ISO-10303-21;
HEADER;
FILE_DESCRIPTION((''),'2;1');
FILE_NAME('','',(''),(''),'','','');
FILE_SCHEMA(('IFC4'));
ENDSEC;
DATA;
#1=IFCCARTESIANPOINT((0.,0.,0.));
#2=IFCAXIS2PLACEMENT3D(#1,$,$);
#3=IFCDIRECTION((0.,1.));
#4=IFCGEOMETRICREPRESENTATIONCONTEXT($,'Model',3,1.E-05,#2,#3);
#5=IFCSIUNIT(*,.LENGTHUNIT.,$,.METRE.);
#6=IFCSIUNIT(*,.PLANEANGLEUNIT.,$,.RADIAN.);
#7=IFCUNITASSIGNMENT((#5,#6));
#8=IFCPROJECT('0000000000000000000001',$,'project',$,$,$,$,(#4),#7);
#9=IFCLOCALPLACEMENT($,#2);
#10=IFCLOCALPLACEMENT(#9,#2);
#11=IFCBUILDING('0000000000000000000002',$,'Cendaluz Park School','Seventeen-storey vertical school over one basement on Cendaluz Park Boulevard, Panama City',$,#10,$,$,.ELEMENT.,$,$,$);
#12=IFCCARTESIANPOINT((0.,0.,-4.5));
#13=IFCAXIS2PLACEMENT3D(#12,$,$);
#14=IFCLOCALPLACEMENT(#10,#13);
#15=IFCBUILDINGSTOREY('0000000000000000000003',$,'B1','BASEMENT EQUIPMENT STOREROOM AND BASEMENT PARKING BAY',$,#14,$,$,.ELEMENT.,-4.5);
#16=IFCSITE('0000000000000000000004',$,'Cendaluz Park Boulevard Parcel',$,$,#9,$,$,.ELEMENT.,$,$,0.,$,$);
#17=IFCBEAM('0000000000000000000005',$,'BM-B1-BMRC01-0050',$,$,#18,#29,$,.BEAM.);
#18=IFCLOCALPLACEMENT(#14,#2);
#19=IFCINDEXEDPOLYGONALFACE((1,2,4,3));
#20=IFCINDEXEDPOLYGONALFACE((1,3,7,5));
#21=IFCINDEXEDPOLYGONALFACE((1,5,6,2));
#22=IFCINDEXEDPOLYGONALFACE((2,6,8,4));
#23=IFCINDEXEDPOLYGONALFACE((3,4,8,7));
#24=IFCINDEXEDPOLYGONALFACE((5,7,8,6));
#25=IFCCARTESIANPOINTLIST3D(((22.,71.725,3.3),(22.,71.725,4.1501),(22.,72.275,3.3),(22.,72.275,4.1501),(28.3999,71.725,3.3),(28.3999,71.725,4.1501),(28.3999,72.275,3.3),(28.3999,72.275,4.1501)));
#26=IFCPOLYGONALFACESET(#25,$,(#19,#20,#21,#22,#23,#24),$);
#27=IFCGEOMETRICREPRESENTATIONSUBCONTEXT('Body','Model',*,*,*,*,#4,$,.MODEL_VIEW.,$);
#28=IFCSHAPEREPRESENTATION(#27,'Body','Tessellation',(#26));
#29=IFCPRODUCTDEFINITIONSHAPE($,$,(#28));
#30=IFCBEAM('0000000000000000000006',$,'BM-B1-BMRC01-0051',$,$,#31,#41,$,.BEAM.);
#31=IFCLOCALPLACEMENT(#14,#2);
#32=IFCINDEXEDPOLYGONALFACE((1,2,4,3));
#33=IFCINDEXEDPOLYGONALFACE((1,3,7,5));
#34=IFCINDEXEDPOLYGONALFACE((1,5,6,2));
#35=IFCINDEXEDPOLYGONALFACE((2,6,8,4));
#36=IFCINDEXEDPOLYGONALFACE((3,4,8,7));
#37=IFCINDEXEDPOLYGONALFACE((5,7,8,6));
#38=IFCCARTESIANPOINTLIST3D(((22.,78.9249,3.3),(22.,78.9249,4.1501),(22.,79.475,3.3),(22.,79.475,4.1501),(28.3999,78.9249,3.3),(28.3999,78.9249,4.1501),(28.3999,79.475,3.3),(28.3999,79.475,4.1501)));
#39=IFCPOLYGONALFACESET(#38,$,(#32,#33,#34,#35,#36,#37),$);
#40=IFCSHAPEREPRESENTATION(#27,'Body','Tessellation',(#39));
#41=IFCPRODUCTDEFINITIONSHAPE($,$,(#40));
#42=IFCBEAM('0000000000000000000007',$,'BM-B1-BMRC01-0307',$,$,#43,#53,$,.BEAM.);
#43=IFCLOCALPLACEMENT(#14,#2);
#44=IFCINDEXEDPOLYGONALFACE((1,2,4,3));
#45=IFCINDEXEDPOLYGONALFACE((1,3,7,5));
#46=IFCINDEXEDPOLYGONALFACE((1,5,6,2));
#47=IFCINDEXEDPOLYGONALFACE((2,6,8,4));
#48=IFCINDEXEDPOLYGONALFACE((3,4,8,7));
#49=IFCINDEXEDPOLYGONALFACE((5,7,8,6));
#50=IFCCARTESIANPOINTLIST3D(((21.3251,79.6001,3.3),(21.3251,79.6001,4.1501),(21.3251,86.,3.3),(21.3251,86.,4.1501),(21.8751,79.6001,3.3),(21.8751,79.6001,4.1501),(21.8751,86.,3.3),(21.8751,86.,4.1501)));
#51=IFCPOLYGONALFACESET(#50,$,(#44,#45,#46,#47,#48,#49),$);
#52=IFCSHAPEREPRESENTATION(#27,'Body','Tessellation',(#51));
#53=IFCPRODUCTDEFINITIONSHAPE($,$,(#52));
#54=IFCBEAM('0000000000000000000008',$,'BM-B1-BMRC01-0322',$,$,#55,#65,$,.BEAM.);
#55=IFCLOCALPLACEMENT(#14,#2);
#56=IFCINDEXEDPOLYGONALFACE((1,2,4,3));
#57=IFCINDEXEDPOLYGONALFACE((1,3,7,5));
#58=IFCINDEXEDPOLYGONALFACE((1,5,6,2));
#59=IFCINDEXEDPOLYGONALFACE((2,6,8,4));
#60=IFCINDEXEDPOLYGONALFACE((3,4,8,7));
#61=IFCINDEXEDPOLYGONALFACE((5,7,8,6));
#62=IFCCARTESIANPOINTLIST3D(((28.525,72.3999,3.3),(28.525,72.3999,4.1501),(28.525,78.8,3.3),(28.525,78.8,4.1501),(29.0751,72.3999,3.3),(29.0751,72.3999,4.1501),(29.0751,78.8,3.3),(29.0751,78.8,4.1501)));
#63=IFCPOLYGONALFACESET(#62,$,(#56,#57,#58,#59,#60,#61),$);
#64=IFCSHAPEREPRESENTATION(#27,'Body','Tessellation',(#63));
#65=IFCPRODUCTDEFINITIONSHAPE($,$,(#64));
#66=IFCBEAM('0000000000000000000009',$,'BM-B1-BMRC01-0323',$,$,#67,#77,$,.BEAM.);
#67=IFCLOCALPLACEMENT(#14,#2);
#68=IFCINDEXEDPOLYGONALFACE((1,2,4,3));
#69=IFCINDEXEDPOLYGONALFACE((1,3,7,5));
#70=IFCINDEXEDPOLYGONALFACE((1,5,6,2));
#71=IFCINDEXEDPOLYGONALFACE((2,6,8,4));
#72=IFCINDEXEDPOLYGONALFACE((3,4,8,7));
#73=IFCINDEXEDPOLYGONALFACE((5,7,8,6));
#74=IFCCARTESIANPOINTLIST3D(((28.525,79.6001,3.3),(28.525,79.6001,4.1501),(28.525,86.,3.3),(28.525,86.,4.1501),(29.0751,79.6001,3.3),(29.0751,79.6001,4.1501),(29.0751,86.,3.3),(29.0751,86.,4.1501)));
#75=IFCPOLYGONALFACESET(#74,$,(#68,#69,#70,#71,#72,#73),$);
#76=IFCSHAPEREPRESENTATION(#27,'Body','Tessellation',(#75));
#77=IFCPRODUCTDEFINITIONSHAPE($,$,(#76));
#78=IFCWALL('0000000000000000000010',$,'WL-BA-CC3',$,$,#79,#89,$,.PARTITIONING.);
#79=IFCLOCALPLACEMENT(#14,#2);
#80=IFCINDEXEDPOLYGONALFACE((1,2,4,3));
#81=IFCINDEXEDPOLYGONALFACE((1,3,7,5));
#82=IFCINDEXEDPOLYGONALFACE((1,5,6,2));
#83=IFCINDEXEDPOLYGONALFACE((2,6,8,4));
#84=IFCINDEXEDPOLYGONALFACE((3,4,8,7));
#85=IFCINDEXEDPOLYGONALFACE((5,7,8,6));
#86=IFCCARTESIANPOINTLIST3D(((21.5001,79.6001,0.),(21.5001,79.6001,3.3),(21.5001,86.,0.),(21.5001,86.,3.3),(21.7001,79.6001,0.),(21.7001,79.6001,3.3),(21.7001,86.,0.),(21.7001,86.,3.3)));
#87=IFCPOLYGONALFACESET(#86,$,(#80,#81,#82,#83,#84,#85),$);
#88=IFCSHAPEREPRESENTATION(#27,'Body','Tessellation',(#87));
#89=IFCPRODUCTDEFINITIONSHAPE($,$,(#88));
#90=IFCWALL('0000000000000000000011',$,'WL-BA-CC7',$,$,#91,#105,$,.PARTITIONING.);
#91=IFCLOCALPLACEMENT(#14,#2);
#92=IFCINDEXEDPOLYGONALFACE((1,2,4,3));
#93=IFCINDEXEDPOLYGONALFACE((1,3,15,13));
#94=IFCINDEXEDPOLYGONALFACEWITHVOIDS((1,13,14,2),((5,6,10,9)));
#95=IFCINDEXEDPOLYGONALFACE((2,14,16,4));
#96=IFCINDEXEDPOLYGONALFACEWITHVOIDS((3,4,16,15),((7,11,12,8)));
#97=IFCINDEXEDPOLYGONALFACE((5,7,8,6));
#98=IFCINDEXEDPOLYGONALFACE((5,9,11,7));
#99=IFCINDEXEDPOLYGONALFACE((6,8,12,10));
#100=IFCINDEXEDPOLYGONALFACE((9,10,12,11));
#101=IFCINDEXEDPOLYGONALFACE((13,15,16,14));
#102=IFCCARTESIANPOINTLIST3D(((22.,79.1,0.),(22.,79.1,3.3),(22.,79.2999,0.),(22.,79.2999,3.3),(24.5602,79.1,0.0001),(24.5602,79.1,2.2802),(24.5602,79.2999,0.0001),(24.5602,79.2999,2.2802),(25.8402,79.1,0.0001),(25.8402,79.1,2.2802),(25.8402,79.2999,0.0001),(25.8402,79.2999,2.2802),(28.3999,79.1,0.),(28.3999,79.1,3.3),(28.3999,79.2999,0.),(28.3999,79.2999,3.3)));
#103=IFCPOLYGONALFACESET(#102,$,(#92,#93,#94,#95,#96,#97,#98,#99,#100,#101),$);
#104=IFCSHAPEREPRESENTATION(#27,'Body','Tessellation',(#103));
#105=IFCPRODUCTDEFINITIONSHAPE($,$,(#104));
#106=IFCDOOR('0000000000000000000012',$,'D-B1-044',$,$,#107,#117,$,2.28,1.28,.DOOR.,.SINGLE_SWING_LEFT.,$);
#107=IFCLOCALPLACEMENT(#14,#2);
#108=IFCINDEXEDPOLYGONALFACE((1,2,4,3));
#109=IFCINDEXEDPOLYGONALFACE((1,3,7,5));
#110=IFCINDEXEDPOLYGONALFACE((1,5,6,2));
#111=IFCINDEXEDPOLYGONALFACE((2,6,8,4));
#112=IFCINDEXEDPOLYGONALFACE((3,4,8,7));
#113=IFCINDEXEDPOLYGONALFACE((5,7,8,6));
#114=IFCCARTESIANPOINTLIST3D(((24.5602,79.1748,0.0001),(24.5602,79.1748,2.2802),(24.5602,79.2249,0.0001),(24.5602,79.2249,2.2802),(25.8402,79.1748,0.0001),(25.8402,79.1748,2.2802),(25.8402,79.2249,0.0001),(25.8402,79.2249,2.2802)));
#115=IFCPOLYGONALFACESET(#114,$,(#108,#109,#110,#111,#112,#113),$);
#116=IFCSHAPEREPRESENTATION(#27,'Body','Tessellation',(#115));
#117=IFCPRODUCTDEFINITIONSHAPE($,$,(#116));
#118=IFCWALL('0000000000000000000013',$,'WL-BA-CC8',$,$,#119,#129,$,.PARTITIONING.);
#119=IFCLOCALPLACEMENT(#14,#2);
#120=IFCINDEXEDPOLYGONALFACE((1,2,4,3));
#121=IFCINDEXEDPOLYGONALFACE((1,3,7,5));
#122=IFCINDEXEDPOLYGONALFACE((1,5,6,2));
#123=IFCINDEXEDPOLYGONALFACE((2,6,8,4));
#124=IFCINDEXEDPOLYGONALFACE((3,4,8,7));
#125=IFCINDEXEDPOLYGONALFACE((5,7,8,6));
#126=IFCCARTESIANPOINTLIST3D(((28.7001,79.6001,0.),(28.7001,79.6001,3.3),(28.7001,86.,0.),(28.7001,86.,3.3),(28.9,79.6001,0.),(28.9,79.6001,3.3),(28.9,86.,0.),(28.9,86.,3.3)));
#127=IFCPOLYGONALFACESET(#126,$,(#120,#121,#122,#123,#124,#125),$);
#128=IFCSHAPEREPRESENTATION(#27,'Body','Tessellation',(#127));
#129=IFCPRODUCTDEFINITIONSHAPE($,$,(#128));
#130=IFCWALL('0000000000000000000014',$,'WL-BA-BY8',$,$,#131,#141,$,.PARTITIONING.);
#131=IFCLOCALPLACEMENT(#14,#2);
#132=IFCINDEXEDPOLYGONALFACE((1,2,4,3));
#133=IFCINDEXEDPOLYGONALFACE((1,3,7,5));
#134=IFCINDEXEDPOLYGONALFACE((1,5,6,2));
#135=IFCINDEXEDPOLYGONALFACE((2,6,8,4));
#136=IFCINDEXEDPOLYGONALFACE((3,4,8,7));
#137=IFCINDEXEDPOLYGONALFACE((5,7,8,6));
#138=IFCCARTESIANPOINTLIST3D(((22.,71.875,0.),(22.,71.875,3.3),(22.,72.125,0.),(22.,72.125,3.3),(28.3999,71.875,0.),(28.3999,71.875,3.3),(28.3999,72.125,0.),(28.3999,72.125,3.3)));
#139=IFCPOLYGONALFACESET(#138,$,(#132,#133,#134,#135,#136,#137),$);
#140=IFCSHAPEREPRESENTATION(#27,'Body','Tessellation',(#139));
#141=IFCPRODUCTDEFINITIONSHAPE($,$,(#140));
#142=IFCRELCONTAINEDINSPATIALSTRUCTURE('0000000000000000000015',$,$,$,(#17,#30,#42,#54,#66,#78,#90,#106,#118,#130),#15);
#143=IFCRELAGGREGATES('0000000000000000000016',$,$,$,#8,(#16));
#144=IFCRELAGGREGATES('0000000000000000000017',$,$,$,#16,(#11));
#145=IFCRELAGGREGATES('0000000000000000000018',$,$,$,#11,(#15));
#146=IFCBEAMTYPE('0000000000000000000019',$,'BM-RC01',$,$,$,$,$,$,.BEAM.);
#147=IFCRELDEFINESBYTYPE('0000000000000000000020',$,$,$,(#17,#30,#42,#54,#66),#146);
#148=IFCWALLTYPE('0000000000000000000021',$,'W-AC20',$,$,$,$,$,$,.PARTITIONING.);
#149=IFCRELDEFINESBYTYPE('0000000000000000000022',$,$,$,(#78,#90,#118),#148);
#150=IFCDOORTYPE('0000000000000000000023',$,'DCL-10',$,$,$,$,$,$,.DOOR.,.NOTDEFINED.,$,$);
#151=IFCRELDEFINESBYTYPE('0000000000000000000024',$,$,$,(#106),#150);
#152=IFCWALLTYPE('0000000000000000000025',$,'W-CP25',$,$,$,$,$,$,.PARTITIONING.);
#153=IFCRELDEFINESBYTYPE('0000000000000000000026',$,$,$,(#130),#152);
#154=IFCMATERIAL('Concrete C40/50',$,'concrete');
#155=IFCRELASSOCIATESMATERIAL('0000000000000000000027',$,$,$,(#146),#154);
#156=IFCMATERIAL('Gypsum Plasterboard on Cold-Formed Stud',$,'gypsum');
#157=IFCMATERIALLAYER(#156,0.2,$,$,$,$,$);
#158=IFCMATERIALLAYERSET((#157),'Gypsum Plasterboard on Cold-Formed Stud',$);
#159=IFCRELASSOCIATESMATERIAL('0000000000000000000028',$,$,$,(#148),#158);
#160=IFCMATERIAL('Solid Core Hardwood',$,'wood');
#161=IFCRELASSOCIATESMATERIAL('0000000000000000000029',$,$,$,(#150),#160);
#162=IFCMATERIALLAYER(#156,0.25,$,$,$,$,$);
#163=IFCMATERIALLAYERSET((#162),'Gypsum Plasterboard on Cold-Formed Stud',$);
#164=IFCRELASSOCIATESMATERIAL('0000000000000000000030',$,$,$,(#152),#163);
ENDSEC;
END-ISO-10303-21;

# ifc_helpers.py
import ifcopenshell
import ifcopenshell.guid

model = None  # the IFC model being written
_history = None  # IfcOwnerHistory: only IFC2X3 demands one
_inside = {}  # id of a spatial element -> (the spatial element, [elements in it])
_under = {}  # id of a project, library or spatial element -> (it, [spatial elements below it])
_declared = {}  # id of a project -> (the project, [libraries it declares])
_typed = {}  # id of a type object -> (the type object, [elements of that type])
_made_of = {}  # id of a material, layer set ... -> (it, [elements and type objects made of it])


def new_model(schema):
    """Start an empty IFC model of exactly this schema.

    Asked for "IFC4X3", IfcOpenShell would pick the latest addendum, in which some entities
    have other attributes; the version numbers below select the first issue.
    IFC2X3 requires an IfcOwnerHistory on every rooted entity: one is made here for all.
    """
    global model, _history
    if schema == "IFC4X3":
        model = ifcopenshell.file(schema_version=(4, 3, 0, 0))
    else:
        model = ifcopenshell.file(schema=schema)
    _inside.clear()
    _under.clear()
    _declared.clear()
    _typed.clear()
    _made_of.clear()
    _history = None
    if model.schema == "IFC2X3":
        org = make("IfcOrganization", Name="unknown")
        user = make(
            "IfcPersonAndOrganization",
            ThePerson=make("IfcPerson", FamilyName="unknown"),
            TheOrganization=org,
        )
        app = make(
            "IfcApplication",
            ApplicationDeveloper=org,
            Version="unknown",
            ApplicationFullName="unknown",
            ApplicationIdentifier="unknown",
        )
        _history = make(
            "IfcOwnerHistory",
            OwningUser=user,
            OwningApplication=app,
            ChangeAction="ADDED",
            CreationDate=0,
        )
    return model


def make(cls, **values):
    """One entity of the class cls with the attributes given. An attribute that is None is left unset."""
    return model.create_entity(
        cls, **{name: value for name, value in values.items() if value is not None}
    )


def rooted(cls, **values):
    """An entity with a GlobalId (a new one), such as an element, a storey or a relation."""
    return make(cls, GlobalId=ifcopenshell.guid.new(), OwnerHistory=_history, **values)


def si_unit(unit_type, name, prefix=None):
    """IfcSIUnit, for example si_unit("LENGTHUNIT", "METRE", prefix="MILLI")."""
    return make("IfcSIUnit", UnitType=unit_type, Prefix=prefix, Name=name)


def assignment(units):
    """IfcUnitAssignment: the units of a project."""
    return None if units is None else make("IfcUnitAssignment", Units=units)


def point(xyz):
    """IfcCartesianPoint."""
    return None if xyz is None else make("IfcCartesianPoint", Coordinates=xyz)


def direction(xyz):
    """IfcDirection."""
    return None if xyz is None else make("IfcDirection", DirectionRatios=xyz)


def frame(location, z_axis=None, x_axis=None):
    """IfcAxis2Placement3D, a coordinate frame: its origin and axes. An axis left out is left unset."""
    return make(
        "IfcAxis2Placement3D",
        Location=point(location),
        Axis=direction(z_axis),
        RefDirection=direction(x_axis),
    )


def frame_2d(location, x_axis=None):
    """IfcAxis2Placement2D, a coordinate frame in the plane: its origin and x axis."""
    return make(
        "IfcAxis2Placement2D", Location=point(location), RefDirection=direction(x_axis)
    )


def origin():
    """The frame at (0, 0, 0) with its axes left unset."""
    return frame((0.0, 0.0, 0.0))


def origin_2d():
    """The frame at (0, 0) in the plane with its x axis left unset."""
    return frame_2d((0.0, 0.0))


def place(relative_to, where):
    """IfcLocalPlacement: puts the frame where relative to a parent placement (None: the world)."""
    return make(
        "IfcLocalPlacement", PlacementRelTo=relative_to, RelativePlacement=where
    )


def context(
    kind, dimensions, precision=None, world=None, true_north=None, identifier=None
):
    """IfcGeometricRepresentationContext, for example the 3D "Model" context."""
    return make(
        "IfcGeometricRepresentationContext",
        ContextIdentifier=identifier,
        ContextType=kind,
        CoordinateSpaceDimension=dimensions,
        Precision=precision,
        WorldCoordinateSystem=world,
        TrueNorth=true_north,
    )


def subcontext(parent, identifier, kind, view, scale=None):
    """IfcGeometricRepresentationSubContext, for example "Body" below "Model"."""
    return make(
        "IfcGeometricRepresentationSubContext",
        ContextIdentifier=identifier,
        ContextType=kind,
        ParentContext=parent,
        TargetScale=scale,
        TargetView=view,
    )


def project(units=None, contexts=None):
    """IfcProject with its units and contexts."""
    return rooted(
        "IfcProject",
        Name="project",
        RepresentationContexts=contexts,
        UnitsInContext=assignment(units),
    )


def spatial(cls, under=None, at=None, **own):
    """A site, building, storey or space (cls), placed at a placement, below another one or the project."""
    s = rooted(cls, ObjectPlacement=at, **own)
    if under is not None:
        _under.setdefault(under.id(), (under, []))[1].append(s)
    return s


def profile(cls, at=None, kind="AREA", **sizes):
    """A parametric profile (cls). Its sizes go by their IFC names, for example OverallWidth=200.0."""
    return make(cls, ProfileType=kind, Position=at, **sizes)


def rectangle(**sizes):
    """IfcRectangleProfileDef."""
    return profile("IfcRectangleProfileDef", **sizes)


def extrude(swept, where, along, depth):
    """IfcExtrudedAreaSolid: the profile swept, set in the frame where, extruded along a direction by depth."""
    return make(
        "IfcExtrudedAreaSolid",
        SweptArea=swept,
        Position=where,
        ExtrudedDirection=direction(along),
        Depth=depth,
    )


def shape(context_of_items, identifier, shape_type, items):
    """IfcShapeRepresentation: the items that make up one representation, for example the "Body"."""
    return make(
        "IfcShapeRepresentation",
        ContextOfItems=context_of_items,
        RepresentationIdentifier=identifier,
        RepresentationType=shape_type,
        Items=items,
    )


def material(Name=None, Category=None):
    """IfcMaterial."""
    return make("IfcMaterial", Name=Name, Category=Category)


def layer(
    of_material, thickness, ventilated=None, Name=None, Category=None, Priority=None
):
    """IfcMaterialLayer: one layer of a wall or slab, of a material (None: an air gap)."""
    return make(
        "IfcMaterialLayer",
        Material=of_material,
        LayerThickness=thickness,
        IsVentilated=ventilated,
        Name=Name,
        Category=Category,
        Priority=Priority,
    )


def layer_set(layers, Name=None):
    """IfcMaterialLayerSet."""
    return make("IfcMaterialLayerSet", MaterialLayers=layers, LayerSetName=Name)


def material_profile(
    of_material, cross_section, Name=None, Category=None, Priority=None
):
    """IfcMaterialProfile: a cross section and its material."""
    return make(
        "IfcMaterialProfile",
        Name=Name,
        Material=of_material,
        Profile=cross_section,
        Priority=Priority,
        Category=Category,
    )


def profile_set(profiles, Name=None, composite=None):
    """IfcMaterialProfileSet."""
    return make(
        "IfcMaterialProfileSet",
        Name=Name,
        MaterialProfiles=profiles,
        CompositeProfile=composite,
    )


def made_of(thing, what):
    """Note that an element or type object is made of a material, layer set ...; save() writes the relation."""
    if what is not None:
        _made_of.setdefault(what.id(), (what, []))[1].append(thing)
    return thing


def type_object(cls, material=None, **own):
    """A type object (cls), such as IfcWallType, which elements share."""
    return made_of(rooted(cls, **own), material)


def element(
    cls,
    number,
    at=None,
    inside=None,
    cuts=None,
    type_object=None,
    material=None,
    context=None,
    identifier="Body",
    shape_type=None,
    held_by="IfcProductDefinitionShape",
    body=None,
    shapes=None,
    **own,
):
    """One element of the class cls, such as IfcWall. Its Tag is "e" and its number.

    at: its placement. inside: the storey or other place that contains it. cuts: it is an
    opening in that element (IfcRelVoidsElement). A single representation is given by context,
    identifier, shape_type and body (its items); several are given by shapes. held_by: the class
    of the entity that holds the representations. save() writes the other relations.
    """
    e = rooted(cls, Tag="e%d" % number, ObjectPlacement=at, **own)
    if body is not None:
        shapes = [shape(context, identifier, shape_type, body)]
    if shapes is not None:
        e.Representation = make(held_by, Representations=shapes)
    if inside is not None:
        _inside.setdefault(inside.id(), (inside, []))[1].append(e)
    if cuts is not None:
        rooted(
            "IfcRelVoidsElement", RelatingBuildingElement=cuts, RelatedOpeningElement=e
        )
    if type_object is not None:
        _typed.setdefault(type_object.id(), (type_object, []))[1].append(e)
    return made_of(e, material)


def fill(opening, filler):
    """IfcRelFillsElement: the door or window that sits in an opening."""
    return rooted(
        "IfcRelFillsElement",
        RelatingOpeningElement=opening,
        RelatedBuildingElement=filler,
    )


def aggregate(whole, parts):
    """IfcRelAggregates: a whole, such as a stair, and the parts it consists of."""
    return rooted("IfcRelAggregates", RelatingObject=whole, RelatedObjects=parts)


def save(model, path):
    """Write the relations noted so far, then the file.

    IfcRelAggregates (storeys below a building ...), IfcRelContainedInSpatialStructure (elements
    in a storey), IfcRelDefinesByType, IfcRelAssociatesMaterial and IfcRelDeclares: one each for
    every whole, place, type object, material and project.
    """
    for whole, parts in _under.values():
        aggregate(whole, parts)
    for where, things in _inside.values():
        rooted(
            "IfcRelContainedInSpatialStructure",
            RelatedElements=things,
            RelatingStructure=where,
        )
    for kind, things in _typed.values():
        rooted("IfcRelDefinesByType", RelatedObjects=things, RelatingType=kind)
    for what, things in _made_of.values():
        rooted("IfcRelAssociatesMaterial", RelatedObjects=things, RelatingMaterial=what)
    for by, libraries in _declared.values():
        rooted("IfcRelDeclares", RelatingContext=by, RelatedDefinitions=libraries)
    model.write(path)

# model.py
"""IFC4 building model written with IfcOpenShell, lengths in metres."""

from ifc_helpers import new_model, si_unit, direction, frame, frame_2d, origin, origin_2d, place, context, subcontext, project, spatial, rectangle, extrude, material, layer, layer_set, material_profile, profile_set, type_object, element, fill, save


model = new_model("IFC4")

# Units and contexts
model_context = context("Model", 3, precision=1e-05, world=origin(), true_north=direction((0.0, 1.0)))
body_context = subcontext(model_context, "Body", "Model", "MODEL_VIEW")
ifc_project = project(units=[si_unit("LENGTHUNIT", "METRE"), si_unit("PLANEANGLEUNIT", "RADIAN")], contexts=[model_context])

# Site, building, storey
site_placement = place(None, origin())
site = spatial("IfcSite", under=ifc_project, at=site_placement, Name="Cendaluz Park Boulevard Parcel", CompositionType="ELEMENT", RefElevation=0.0)
building_placement = place(site_placement, origin())
building = spatial("IfcBuilding", under=site, at=building_placement, Name="Cendaluz Park School", Description="Seventeen-storey vertical school over one basement on Cendaluz Park Boulevard, Panama City", CompositionType="ELEMENT")
storey_placement = place(building_placement, frame((0.0, 0.0, -4.5)))
storey = spatial("IfcBuildingStorey", under=building, at=storey_placement, Name="B1", Description="BASEMENT EQUIPMENT STOREROOM AND BASEMENT PARKING BAY", CompositionType="ELEMENT", Elevation=-4.5)

# Shared definitions
ifc_material_1 = material(Name="Concrete C40/50", Category="concrete")

# Beams
ifc_material_profile_1 = material_profile(ifc_material_1, rectangle(XDim=0.55, YDim=0.8501, at=origin_2d()), Name="RC 550x850", Category="concrete")
ifc_profile_set_1 = profile_set([ifc_material_profile_1], Name="Concrete C40/50")
beam_type = type_object("IfcBeamType", Name="BM-RC01", PredefinedType="BEAM", material=ifc_profile_set_1)
for number, where, z_axis, x_axis, name in (
    (1, (22.0, 72.0, 3.7251), (1.0, 0.0, 0.0), (0.0, 1.0, 0.0), "BM-B1-BMRC01-0050"),
    (2, (22.0, 79.2, 3.7251), (1.0, 0.0, 0.0), (0.0, 1.0, 0.0), "BM-B1-BMRC01-0051"),
    (3, (21.6001, 79.6001, 3.7251), (0.0, 1.0, 0.0), (-1.0, 0.0, 0.0), "BM-B1-BMRC01-0307"),
):
    element("IfcBeam", number, at=place(storey_placement, frame(where, z_axis=z_axis, x_axis=x_axis)), inside=storey, type_object=beam_type, Name=name, PredefinedType="BEAM", context=body_context, shape_type="SweptSolid", body=[
        extrude(rectangle(XDim=0.55, YDim=0.8501, at=origin_2d()), origin(), (0.0, 0.0, 1.0), 6.3999),
    ])
beam_1_placement = place(storey_placement, frame((28.8, 72.3999, 3.7251), z_axis=(0.0, 1.0, 0.0), x_axis=(-1.0, 0.0, 0.0)))
element("IfcBeam", 4, at=beam_1_placement, inside=storey, type_object=beam_type, Name="BM-B1-BMRC01-0322", PredefinedType="BEAM", context=body_context, shape_type="SweptSolid", body=[
    extrude(rectangle(XDim=0.55, YDim=0.8501, at=origin_2d()), origin(), (0.0, 0.0, 1.0), 6.4001),
])
beam_2_placement = place(storey_placement, frame((28.8, 79.6001, 3.7251), z_axis=(0.0, 1.0, 0.0), x_axis=(-1.0, 0.0, 0.0)))
element("IfcBeam", 5, at=beam_2_placement, inside=storey, type_object=beam_type, Name="BM-B1-BMRC01-0323", PredefinedType="BEAM", context=body_context, shape_type="SweptSolid", body=[
    extrude(rectangle(XDim=0.55, YDim=0.8501, at=origin_2d()), origin(), (0.0, 0.0, 1.0), 6.3999),
])

# Wall
ifc_material_2 = material(Name="Gypsum Plasterboard on Cold-Formed Stud", Category="gypsum")
ifc_layer_1 = layer(ifc_material_2, 0.2)
ifc_layer_set_1 = layer_set([ifc_layer_1], Name="Gypsum Plasterboard on Cold-Formed Stud")
wall_type_1 = type_object("IfcWallType", Name="W-AC20", PredefinedType="PARTITIONING", material=ifc_layer_set_1)
wall_1_placement = place(storey_placement, frame((21.6001, 79.6001, 0.0), z_axis=(0.0, 0.0, 1.0), x_axis=(0.0, 1.0, 0.0)))
element("IfcWall", 6, at=wall_1_placement, inside=storey, type_object=wall_type_1, Name="WL-BA-CC3", PredefinedType="PARTITIONING", context=body_context, shape_type="SweptSolid", body=[
    extrude(rectangle(XDim=6.3999, YDim=0.2, at=frame_2d((3.2, 0.0))), origin(), (0.0, 0.0, 1.0), 3.3),
])

# Wall, opening, door
wall_2_placement = place(storey_placement, frame((22.0, 79.2, 0.0), z_axis=(0.0, 0.0, 1.0), x_axis=(1.0, 0.0, 0.0)))
wall_2 = element("IfcWall", 7, at=wall_2_placement, inside=storey, type_object=wall_type_1, Name="WL-BA-CC7", PredefinedType="PARTITIONING", context=body_context, shape_type="SweptSolid", body=[
    extrude(rectangle(XDim=6.3999, YDim=0.2, at=frame_2d((3.2, 0.0))), origin(), (0.0, 0.0, 1.0), 3.3),
])
opening_placement = place(wall_2_placement, frame((2.5601, 0.0, 0.0)))
opening = element("IfcOpeningElement", 8, at=opening_placement, cuts=wall_2, PredefinedType="OPENING", context=body_context, shape_type="SweptSolid", body=[
    extrude(rectangle(XDim=1.28, YDim=2.28, at=frame_2d((0.6401, 1.1401))), frame((0.0, 0.1121, 0.0), z_axis=(0.0, -1.0, 0.0), x_axis=(1.0, 0.0, 0.0)), (0.0, 0.0, 1.0), 0.2239),
])
ifc_material_3 = material(Name="Solid Core Hardwood", Category="wood")
door_type = type_object("IfcDoorType", Name="DCL-10", OperationType="NOTDEFINED", PredefinedType="DOOR", material=ifc_material_3)
door_placement = place(opening_placement, origin())
door = element("IfcDoor", 9, at=door_placement, inside=storey, type_object=door_type, Name="D-B1-044", OperationType="SINGLE_SWING_LEFT", OverallHeight=2.28, OverallWidth=1.28, PredefinedType="DOOR", context=body_context, shape_type="SweptSolid", body=[
    extrude(rectangle(XDim=1.28, YDim=2.28, at=frame_2d((0.6401, 1.1401))), frame((0.0, 0.0249, 0.0), z_axis=(0.0, -1.0, 0.0), x_axis=(1.0, 0.0, 0.0)), (0.0, 0.0, 1.0), 0.05),
])
fill(opening, door)

# Walls
wall_3_placement = place(storey_placement, frame((28.8, 79.6001, 0.0), z_axis=(0.0, 0.0, 1.0), x_axis=(0.0, 1.0, 0.0)))
element("IfcWall", 10, at=wall_3_placement, inside=storey, type_object=wall_type_1, Name="WL-BA-CC8", PredefinedType="PARTITIONING", context=body_context, shape_type="SweptSolid", body=[
    extrude(rectangle(XDim=6.3999, YDim=0.2, at=frame_2d((3.2, 0.0))), origin(), (0.0, 0.0, 1.0), 3.3),
])
ifc_layer_2 = layer(ifc_material_2, 0.25)
ifc_layer_set_2 = layer_set([ifc_layer_2], Name="Gypsum Plasterboard on Cold-Formed Stud")
wall_type_2 = type_object("IfcWallType", Name="W-CP25", PredefinedType="PARTITIONING", material=ifc_layer_set_2)
wall_4_placement = place(storey_placement, frame((22.0, 72.0, 0.0), z_axis=(0.0, 0.0, 1.0), x_axis=(1.0, 0.0, 0.0)))
element("IfcWall", 11, at=wall_4_placement, inside=storey, type_object=wall_type_2, Name="WL-BA-BY8", PredefinedType="PARTITIONING", context=body_context, shape_type="SweptSolid", body=[
    extrude(rectangle(XDim=6.3999, YDim=0.25, at=frame_2d((3.2, 0.0))), origin(), (0.0, 0.0, 1.0), 3.3),
])

save(model, "model.ifc")
